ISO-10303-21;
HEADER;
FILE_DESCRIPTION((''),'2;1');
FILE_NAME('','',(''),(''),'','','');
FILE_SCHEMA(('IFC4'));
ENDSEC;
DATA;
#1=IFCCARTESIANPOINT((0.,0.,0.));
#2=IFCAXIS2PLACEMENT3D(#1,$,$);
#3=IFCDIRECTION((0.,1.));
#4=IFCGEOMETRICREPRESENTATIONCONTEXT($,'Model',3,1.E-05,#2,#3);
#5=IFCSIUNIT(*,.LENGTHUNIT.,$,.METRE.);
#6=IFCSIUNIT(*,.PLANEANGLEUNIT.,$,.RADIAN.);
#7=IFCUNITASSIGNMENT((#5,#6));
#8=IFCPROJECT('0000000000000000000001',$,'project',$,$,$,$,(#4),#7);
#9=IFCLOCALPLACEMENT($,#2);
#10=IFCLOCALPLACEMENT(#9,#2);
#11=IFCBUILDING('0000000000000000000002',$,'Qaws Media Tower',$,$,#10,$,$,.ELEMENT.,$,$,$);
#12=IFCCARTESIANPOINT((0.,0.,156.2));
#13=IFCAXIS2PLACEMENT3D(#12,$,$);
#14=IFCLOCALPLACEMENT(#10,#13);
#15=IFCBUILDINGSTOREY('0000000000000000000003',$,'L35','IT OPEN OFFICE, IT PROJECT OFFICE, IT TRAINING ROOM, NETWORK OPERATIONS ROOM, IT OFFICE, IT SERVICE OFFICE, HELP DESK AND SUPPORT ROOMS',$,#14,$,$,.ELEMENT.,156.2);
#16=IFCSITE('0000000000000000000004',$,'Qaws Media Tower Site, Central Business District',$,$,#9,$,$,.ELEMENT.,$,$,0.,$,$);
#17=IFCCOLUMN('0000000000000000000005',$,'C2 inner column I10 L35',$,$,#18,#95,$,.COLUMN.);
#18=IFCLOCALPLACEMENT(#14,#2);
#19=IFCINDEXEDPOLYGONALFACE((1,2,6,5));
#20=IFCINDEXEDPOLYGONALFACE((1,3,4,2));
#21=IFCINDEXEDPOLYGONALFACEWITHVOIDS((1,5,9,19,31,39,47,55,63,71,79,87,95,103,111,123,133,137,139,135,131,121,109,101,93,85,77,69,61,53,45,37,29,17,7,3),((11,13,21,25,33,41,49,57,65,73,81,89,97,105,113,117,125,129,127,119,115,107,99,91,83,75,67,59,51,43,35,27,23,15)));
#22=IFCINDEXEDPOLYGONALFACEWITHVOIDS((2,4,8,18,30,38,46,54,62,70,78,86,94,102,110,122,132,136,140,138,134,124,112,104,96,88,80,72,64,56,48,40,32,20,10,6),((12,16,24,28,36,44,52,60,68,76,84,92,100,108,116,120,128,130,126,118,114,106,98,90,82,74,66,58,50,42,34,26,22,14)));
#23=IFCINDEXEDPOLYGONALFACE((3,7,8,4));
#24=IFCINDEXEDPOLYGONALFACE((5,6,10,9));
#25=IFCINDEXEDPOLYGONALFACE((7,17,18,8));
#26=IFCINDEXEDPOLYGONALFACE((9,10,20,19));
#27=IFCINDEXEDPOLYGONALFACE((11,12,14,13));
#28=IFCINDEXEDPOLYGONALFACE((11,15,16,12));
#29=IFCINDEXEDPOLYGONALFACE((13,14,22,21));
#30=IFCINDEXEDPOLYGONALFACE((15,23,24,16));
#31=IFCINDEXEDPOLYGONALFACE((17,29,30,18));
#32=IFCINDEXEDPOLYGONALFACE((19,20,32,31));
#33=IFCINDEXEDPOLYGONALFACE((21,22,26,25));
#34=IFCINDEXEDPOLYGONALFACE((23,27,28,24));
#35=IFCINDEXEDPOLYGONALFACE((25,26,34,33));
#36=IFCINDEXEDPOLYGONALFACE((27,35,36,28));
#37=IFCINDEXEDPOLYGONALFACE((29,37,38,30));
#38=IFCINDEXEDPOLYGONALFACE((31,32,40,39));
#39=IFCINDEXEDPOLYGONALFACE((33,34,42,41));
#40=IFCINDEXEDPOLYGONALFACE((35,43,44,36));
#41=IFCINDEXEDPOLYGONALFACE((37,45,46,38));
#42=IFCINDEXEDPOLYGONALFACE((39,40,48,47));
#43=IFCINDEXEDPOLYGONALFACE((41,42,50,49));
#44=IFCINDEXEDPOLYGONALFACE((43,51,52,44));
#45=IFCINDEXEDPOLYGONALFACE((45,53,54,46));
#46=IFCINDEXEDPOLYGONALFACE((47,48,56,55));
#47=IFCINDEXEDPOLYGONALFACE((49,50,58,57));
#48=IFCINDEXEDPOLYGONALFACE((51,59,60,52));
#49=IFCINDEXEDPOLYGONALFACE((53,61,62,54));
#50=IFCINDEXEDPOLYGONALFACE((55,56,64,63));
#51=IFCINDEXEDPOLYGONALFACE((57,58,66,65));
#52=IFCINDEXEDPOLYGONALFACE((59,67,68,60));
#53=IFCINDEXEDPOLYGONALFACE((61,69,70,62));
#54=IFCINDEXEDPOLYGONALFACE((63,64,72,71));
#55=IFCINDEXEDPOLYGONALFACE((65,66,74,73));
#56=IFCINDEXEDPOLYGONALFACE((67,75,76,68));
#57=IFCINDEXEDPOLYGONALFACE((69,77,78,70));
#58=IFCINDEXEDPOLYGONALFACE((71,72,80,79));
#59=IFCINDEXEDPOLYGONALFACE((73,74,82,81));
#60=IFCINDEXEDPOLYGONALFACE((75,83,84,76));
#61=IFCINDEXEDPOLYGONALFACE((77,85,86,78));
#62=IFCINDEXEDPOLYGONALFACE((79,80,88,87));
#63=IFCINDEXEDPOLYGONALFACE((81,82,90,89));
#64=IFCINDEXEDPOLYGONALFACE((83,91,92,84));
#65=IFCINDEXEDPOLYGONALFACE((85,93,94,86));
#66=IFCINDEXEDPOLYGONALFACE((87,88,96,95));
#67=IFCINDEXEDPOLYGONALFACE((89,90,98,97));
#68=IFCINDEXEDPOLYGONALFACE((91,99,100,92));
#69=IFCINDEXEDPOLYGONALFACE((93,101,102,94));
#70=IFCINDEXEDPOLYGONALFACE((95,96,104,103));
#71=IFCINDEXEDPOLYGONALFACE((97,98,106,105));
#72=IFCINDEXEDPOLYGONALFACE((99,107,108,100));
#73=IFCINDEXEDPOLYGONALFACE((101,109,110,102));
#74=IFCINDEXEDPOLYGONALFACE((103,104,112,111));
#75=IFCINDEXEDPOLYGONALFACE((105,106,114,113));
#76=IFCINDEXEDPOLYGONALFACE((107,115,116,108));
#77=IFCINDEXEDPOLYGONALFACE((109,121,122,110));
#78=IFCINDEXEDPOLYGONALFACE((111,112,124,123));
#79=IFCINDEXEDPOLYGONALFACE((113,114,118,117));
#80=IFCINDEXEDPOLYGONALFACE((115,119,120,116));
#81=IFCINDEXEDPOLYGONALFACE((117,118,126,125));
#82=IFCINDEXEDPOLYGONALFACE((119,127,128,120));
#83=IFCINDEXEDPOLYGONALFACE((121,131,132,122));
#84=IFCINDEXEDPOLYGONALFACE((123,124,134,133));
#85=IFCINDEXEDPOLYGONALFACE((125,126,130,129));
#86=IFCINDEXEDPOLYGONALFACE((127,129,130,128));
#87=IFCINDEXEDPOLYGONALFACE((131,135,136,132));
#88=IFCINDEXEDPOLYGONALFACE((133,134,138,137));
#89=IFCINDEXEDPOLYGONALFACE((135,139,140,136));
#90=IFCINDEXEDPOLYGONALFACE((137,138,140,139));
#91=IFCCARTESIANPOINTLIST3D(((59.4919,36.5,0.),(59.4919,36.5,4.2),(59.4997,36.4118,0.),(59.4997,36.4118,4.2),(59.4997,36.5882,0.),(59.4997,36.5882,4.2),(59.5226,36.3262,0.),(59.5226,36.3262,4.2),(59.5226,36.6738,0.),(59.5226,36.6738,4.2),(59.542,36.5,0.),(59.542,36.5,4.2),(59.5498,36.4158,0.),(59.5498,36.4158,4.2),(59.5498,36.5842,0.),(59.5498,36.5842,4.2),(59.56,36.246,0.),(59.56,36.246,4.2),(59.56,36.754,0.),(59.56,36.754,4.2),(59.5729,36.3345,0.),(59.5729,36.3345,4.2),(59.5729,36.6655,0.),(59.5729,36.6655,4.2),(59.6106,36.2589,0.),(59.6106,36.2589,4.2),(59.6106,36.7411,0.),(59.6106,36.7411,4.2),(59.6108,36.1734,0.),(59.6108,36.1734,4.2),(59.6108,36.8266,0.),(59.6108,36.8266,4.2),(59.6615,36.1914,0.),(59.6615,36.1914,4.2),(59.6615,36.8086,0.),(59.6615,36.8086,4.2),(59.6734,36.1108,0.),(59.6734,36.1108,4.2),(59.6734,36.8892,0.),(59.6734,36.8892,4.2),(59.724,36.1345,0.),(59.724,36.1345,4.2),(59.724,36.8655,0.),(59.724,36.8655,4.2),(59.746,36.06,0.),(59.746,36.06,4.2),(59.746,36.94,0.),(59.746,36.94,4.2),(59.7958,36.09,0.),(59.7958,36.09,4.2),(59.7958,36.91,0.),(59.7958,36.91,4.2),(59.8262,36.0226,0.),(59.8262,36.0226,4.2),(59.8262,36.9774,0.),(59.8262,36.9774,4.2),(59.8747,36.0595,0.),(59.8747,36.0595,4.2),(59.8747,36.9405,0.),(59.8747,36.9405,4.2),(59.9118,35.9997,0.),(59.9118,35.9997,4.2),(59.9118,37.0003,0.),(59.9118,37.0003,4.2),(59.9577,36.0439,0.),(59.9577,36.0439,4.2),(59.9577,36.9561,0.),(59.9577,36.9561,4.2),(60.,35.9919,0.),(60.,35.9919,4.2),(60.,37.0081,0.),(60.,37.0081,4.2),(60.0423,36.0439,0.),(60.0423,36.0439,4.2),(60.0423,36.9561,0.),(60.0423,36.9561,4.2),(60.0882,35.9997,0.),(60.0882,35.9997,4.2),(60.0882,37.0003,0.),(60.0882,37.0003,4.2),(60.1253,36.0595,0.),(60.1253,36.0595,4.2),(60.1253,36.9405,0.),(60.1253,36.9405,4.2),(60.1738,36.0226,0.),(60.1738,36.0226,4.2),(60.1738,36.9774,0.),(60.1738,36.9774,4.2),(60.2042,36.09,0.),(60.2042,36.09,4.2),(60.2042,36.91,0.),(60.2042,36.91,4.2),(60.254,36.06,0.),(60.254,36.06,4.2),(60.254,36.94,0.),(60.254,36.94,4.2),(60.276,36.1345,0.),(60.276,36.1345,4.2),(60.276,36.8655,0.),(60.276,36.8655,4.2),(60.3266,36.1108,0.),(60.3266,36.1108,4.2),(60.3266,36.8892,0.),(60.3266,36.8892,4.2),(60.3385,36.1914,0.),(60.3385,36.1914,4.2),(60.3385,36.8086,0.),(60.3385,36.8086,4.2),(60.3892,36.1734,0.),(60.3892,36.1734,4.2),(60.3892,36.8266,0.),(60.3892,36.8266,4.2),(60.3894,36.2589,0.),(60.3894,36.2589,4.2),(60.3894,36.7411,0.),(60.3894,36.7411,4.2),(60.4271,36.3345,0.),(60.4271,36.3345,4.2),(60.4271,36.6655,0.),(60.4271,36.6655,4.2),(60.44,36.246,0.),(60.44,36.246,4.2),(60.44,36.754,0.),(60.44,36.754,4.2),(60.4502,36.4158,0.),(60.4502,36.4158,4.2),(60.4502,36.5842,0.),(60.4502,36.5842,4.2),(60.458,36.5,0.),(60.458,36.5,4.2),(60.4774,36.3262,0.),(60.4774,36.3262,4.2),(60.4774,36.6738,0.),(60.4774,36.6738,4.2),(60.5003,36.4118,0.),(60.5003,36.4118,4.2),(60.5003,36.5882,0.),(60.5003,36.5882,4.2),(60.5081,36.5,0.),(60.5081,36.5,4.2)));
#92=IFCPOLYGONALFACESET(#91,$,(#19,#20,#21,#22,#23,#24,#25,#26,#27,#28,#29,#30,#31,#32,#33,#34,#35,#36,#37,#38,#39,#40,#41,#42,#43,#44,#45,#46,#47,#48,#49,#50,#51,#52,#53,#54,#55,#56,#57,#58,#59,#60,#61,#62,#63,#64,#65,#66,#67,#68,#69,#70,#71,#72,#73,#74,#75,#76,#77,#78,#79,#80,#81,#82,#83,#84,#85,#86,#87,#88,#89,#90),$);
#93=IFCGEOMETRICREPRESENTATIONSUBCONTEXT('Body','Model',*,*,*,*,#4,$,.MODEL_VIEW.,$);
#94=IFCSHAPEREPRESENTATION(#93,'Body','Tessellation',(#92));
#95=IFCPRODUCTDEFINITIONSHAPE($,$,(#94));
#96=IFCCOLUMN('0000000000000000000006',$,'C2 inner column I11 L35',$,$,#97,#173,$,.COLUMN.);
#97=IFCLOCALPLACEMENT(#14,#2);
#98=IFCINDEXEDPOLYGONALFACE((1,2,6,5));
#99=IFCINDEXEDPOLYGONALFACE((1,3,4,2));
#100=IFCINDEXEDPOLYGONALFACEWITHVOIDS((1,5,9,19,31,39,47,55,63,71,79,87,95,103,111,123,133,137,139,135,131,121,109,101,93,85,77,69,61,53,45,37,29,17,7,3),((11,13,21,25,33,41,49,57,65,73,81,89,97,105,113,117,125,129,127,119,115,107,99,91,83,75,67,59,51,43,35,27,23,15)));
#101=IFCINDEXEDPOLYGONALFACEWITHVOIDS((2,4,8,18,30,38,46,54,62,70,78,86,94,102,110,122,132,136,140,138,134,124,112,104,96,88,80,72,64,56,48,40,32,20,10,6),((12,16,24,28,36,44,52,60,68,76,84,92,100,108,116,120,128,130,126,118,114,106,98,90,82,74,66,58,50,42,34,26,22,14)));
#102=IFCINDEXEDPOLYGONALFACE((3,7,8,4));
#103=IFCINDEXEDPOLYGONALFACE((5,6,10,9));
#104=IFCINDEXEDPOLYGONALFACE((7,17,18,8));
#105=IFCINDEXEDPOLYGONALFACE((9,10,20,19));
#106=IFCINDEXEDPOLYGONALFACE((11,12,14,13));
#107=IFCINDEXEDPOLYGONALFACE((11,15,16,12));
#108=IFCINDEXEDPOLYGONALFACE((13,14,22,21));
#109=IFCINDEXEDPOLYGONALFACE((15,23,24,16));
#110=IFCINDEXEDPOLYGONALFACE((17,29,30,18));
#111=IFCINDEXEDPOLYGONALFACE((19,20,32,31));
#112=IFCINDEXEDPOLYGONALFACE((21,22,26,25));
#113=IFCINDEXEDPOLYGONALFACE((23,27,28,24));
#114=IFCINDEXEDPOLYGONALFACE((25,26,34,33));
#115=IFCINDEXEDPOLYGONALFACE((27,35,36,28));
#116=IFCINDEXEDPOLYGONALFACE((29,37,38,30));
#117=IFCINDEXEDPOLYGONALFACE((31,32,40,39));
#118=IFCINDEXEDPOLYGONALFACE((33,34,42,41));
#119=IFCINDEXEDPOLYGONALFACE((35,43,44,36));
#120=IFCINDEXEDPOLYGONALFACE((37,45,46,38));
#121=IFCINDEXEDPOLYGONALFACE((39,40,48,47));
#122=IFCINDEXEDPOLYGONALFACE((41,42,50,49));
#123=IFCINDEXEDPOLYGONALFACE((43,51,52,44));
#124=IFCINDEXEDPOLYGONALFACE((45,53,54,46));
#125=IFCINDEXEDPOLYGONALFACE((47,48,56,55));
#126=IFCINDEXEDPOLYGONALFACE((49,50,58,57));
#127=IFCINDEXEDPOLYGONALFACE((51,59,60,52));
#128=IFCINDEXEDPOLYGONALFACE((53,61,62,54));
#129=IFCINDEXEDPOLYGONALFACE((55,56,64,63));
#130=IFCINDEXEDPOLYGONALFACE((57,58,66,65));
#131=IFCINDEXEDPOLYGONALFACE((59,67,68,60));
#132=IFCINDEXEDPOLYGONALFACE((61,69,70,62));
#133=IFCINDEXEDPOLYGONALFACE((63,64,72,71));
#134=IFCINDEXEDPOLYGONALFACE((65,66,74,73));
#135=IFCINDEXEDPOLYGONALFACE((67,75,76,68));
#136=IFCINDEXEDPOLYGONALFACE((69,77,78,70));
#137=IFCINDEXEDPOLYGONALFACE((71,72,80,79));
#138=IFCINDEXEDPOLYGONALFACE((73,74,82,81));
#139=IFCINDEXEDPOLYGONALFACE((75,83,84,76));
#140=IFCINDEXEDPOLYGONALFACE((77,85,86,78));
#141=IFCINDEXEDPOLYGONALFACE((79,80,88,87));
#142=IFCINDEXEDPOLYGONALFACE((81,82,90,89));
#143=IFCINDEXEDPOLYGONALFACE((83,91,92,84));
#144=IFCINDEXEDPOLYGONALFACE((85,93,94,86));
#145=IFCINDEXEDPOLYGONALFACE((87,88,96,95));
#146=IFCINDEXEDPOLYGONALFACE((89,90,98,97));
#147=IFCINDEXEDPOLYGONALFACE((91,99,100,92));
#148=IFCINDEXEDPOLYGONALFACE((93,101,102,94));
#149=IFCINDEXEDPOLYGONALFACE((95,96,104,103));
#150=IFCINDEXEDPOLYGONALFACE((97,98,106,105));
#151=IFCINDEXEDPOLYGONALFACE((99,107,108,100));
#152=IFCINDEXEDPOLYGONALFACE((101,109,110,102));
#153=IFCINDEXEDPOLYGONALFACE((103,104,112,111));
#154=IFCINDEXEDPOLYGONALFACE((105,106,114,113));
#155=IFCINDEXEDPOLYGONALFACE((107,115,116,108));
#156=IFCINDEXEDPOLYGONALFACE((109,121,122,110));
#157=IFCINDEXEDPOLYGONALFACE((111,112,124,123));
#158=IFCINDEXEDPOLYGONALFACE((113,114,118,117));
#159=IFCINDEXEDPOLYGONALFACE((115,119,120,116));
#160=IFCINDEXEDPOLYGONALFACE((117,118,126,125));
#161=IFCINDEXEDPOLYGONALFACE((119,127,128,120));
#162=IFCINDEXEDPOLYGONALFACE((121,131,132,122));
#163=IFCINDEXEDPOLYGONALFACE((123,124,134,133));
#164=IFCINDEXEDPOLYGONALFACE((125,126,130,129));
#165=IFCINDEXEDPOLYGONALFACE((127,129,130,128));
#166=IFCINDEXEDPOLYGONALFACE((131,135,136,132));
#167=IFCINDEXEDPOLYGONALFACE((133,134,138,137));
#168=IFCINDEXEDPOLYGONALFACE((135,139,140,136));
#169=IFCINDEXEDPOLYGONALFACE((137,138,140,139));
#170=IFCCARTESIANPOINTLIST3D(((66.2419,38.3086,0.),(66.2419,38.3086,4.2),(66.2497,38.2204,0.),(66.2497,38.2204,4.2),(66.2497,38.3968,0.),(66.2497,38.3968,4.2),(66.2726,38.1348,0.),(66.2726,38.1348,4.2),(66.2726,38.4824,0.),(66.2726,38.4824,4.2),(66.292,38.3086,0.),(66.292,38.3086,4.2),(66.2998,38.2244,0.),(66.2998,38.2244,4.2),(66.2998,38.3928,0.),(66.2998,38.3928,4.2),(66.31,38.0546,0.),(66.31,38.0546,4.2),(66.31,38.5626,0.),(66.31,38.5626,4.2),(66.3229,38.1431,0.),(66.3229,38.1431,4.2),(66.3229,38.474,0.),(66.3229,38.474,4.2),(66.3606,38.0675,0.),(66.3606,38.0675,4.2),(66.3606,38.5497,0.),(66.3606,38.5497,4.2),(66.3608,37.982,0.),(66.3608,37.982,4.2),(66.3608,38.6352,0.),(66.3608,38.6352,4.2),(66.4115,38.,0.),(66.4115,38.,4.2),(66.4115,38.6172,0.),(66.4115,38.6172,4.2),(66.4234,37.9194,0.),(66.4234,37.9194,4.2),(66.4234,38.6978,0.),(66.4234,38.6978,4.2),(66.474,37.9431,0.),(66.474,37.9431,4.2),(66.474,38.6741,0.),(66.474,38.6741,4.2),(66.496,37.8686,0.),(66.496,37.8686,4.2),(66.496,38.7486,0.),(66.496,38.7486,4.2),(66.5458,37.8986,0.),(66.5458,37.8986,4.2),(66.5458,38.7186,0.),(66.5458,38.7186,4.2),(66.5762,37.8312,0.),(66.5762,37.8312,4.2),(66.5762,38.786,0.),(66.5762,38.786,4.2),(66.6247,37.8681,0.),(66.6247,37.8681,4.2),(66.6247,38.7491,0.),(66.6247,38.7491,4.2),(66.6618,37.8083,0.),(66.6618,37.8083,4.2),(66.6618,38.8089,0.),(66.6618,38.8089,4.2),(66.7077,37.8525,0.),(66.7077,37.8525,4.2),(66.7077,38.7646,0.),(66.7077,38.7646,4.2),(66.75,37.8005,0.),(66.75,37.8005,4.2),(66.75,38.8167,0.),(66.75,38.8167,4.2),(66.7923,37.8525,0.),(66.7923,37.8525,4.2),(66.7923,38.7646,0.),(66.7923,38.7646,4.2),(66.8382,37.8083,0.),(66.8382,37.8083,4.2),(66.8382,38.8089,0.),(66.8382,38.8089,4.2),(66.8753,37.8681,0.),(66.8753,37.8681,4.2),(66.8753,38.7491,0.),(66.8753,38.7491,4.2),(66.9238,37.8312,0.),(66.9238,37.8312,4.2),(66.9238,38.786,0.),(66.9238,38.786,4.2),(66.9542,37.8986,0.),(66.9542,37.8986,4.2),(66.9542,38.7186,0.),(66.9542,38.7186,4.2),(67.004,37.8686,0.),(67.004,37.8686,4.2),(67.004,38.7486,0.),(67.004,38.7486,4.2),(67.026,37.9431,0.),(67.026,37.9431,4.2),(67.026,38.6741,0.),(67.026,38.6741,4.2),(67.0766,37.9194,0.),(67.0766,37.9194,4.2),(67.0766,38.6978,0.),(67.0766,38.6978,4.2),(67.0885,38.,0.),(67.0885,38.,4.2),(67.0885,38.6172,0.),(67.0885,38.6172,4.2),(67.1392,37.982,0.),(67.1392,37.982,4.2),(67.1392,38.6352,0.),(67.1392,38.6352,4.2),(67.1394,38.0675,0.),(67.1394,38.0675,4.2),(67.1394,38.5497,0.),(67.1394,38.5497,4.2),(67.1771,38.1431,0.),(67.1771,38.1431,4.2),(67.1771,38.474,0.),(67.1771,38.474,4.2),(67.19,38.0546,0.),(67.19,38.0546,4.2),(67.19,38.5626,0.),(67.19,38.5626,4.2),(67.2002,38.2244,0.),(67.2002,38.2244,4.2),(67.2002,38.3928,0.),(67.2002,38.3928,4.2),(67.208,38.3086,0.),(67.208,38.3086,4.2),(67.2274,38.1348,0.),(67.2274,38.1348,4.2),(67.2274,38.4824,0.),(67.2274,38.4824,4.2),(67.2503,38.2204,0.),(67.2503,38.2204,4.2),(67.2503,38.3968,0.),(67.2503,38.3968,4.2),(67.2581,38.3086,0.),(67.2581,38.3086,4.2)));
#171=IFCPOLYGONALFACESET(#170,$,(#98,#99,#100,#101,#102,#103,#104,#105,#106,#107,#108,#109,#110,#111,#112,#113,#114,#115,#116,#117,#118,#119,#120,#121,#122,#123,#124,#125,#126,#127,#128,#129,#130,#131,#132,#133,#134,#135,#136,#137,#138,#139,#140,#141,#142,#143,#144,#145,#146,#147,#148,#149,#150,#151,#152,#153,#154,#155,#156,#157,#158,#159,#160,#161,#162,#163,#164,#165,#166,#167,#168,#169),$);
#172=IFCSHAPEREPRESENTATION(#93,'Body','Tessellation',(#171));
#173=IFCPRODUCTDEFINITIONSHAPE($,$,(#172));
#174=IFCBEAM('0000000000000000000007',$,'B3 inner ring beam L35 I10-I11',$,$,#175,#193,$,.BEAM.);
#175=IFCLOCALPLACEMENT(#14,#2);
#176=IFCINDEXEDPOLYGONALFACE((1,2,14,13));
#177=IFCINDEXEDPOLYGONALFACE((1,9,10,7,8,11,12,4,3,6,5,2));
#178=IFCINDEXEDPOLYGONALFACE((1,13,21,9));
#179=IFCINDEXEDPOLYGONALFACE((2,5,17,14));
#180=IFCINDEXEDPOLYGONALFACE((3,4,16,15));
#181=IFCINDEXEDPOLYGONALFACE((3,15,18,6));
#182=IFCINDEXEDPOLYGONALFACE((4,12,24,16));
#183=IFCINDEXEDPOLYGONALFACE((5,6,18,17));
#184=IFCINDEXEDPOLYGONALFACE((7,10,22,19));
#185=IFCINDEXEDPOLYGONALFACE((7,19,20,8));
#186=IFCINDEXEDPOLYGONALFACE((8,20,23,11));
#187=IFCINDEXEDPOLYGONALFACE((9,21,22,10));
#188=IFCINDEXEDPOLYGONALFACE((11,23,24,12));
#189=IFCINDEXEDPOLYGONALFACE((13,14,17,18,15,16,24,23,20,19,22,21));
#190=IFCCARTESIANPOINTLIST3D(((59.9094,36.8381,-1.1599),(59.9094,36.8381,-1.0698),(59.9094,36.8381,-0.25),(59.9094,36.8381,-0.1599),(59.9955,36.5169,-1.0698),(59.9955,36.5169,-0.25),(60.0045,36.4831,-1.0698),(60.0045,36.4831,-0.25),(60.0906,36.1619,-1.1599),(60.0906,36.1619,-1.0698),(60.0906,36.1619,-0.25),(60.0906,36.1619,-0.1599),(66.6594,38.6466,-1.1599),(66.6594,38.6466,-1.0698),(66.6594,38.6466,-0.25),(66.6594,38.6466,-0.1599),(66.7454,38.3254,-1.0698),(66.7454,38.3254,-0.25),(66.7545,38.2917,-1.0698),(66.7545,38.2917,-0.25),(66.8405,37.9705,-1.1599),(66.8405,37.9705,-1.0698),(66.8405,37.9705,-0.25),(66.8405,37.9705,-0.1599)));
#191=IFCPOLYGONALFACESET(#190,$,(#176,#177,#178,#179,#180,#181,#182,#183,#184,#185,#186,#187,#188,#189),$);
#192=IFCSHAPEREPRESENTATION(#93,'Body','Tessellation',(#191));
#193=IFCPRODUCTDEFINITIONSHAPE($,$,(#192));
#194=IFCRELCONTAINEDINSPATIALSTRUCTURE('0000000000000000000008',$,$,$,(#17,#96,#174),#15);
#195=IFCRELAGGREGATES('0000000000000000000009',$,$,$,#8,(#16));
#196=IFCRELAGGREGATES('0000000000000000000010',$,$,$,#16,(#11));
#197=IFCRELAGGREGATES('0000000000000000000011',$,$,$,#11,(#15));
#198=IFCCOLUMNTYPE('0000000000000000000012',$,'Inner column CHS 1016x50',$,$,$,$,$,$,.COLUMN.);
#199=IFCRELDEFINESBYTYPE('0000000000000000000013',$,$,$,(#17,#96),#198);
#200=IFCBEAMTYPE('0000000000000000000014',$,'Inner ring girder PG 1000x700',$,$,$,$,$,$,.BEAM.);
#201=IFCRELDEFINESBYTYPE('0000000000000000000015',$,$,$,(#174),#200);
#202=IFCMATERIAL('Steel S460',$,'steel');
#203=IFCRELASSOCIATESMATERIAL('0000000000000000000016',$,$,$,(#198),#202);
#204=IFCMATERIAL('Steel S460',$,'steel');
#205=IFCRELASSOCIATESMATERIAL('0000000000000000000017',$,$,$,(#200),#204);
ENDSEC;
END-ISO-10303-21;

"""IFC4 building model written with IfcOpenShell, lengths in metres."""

from ifc_helpers import new_model, si_unit, direction, frame, origin, origin_2d, place, context, subcontext, project, spatial, hollow_circle, i_section, extrude, material, material_profile, profile_set, type_object, element, save


model = new_model("IFC4")

# Units and contexts
model_context = context("Model", 3, precision=1e-05, world=origin(), true_north=direction((0.0, 1.0)))
body_context = subcontext(model_context, "Body", "Model", "MODEL_VIEW")
ifc_project = project(units=[si_unit("LENGTHUNIT", "METRE"), si_unit("PLANEANGLEUNIT", "RADIAN")], contexts=[model_context])

# Site, building, storey
site_placement = place(None, origin())
site = spatial("IfcSite", under=ifc_project, at=site_placement, Name="Qaws Media Tower Site, Central Business District", CompositionType="ELEMENT", RefElevation=0.0)
building_placement = place(site_placement, origin())
building = spatial("IfcBuilding", under=site, at=building_placement, Name="Qaws Media Tower", CompositionType="ELEMENT")
storey_placement = place(building_placement, frame((0.0, 0.0, 156.2)))
storey = spatial("IfcBuildingStorey", under=building, at=storey_placement, Name="L35", Description="IT OPEN OFFICE, IT PROJECT OFFICE, IT TRAINING ROOM, NETWORK OPERATIONS ROOM, IT OFFICE, IT SERVICE OFFICE, HELP DESK AND SUPPORT ROOMS", CompositionType="ELEMENT", Elevation=156.2)

# Columns
ifc_material_1 = material(Name="Steel S460", Category="steel")
ifc_material_profile_1 = material_profile(ifc_material_1, hollow_circle(Radius=0.5081, WallThickness=0.05, at=origin_2d()), Name="CHS 1016x50")
ifc_profile_set_1 = profile_set([ifc_material_profile_1], Name="Steel S460")
column_type = type_object("IfcColumnType", Name="Inner column CHS 1016x50", PredefinedType="COLUMN", material=ifc_profile_set_1)
for number, where, z_axis, x_axis, name in (
    (1, (60.0, 36.5, 0.0), (0.0, 0.0, 1.0), (1.0, 0.0, 0.0), "C2 inner column I10 L35"),
    (2, (66.75, 38.3086, 0.0), (0.0, 0.0, 1.0), (1.0, 0.0, 0.0), "C2 inner column I11 L35"),
):
    element("IfcColumn", number, at=place(storey_placement, frame(where, z_axis=z_axis, x_axis=x_axis)), inside=storey, type_object=column_type, Name=name, PredefinedType="COLUMN", context=body_context, shape_type="SweptSolid", body=[
        extrude(hollow_circle(Radius=0.5081, WallThickness=0.05, at=origin_2d()), origin(), (0.0, 0.0, 1.0), 4.2),
    ])

# Beam
ifc_material_2 = material(Name="Steel S460", Category="steel")
ifc_material_profile_2 = material_profile(ifc_material_2, i_section(OverallWidth=0.7, OverallDepth=1.0, WebThickness=0.0349, FlangeThickness=0.0901, at=origin_2d()), Name="PG 1000x700")
ifc_profile_set_2 = profile_set([ifc_material_profile_2], Name="Steel S460")
beam_type_1 = type_object("IfcBeamType", Name="Inner ring girder PG 1000x700", PredefinedType="BEAM", material=ifc_profile_set_2)
beam_1_placement = place(storey_placement, frame((60.0, 36.5, -0.6599), z_axis=(0.965928, 0.258811, 0.0), x_axis=(-0.258811, 0.965928, 0.0)))
element("IfcBeam", 3, at=beam_1_placement, inside=storey, type_object=beam_type_1, Name="B3 inner ring beam L35 I10-I11", PredefinedType="BEAM", context=body_context, shape_type="SweptSolid", body=[
    extrude(i_section(OverallWidth=0.7, OverallDepth=1.0, WebThickness=0.0349, FlangeThickness=0.0901, at=origin_2d()), origin(), (0.0, 0.0, 1.0), 6.988),
])

save(model, "model.ifc")
